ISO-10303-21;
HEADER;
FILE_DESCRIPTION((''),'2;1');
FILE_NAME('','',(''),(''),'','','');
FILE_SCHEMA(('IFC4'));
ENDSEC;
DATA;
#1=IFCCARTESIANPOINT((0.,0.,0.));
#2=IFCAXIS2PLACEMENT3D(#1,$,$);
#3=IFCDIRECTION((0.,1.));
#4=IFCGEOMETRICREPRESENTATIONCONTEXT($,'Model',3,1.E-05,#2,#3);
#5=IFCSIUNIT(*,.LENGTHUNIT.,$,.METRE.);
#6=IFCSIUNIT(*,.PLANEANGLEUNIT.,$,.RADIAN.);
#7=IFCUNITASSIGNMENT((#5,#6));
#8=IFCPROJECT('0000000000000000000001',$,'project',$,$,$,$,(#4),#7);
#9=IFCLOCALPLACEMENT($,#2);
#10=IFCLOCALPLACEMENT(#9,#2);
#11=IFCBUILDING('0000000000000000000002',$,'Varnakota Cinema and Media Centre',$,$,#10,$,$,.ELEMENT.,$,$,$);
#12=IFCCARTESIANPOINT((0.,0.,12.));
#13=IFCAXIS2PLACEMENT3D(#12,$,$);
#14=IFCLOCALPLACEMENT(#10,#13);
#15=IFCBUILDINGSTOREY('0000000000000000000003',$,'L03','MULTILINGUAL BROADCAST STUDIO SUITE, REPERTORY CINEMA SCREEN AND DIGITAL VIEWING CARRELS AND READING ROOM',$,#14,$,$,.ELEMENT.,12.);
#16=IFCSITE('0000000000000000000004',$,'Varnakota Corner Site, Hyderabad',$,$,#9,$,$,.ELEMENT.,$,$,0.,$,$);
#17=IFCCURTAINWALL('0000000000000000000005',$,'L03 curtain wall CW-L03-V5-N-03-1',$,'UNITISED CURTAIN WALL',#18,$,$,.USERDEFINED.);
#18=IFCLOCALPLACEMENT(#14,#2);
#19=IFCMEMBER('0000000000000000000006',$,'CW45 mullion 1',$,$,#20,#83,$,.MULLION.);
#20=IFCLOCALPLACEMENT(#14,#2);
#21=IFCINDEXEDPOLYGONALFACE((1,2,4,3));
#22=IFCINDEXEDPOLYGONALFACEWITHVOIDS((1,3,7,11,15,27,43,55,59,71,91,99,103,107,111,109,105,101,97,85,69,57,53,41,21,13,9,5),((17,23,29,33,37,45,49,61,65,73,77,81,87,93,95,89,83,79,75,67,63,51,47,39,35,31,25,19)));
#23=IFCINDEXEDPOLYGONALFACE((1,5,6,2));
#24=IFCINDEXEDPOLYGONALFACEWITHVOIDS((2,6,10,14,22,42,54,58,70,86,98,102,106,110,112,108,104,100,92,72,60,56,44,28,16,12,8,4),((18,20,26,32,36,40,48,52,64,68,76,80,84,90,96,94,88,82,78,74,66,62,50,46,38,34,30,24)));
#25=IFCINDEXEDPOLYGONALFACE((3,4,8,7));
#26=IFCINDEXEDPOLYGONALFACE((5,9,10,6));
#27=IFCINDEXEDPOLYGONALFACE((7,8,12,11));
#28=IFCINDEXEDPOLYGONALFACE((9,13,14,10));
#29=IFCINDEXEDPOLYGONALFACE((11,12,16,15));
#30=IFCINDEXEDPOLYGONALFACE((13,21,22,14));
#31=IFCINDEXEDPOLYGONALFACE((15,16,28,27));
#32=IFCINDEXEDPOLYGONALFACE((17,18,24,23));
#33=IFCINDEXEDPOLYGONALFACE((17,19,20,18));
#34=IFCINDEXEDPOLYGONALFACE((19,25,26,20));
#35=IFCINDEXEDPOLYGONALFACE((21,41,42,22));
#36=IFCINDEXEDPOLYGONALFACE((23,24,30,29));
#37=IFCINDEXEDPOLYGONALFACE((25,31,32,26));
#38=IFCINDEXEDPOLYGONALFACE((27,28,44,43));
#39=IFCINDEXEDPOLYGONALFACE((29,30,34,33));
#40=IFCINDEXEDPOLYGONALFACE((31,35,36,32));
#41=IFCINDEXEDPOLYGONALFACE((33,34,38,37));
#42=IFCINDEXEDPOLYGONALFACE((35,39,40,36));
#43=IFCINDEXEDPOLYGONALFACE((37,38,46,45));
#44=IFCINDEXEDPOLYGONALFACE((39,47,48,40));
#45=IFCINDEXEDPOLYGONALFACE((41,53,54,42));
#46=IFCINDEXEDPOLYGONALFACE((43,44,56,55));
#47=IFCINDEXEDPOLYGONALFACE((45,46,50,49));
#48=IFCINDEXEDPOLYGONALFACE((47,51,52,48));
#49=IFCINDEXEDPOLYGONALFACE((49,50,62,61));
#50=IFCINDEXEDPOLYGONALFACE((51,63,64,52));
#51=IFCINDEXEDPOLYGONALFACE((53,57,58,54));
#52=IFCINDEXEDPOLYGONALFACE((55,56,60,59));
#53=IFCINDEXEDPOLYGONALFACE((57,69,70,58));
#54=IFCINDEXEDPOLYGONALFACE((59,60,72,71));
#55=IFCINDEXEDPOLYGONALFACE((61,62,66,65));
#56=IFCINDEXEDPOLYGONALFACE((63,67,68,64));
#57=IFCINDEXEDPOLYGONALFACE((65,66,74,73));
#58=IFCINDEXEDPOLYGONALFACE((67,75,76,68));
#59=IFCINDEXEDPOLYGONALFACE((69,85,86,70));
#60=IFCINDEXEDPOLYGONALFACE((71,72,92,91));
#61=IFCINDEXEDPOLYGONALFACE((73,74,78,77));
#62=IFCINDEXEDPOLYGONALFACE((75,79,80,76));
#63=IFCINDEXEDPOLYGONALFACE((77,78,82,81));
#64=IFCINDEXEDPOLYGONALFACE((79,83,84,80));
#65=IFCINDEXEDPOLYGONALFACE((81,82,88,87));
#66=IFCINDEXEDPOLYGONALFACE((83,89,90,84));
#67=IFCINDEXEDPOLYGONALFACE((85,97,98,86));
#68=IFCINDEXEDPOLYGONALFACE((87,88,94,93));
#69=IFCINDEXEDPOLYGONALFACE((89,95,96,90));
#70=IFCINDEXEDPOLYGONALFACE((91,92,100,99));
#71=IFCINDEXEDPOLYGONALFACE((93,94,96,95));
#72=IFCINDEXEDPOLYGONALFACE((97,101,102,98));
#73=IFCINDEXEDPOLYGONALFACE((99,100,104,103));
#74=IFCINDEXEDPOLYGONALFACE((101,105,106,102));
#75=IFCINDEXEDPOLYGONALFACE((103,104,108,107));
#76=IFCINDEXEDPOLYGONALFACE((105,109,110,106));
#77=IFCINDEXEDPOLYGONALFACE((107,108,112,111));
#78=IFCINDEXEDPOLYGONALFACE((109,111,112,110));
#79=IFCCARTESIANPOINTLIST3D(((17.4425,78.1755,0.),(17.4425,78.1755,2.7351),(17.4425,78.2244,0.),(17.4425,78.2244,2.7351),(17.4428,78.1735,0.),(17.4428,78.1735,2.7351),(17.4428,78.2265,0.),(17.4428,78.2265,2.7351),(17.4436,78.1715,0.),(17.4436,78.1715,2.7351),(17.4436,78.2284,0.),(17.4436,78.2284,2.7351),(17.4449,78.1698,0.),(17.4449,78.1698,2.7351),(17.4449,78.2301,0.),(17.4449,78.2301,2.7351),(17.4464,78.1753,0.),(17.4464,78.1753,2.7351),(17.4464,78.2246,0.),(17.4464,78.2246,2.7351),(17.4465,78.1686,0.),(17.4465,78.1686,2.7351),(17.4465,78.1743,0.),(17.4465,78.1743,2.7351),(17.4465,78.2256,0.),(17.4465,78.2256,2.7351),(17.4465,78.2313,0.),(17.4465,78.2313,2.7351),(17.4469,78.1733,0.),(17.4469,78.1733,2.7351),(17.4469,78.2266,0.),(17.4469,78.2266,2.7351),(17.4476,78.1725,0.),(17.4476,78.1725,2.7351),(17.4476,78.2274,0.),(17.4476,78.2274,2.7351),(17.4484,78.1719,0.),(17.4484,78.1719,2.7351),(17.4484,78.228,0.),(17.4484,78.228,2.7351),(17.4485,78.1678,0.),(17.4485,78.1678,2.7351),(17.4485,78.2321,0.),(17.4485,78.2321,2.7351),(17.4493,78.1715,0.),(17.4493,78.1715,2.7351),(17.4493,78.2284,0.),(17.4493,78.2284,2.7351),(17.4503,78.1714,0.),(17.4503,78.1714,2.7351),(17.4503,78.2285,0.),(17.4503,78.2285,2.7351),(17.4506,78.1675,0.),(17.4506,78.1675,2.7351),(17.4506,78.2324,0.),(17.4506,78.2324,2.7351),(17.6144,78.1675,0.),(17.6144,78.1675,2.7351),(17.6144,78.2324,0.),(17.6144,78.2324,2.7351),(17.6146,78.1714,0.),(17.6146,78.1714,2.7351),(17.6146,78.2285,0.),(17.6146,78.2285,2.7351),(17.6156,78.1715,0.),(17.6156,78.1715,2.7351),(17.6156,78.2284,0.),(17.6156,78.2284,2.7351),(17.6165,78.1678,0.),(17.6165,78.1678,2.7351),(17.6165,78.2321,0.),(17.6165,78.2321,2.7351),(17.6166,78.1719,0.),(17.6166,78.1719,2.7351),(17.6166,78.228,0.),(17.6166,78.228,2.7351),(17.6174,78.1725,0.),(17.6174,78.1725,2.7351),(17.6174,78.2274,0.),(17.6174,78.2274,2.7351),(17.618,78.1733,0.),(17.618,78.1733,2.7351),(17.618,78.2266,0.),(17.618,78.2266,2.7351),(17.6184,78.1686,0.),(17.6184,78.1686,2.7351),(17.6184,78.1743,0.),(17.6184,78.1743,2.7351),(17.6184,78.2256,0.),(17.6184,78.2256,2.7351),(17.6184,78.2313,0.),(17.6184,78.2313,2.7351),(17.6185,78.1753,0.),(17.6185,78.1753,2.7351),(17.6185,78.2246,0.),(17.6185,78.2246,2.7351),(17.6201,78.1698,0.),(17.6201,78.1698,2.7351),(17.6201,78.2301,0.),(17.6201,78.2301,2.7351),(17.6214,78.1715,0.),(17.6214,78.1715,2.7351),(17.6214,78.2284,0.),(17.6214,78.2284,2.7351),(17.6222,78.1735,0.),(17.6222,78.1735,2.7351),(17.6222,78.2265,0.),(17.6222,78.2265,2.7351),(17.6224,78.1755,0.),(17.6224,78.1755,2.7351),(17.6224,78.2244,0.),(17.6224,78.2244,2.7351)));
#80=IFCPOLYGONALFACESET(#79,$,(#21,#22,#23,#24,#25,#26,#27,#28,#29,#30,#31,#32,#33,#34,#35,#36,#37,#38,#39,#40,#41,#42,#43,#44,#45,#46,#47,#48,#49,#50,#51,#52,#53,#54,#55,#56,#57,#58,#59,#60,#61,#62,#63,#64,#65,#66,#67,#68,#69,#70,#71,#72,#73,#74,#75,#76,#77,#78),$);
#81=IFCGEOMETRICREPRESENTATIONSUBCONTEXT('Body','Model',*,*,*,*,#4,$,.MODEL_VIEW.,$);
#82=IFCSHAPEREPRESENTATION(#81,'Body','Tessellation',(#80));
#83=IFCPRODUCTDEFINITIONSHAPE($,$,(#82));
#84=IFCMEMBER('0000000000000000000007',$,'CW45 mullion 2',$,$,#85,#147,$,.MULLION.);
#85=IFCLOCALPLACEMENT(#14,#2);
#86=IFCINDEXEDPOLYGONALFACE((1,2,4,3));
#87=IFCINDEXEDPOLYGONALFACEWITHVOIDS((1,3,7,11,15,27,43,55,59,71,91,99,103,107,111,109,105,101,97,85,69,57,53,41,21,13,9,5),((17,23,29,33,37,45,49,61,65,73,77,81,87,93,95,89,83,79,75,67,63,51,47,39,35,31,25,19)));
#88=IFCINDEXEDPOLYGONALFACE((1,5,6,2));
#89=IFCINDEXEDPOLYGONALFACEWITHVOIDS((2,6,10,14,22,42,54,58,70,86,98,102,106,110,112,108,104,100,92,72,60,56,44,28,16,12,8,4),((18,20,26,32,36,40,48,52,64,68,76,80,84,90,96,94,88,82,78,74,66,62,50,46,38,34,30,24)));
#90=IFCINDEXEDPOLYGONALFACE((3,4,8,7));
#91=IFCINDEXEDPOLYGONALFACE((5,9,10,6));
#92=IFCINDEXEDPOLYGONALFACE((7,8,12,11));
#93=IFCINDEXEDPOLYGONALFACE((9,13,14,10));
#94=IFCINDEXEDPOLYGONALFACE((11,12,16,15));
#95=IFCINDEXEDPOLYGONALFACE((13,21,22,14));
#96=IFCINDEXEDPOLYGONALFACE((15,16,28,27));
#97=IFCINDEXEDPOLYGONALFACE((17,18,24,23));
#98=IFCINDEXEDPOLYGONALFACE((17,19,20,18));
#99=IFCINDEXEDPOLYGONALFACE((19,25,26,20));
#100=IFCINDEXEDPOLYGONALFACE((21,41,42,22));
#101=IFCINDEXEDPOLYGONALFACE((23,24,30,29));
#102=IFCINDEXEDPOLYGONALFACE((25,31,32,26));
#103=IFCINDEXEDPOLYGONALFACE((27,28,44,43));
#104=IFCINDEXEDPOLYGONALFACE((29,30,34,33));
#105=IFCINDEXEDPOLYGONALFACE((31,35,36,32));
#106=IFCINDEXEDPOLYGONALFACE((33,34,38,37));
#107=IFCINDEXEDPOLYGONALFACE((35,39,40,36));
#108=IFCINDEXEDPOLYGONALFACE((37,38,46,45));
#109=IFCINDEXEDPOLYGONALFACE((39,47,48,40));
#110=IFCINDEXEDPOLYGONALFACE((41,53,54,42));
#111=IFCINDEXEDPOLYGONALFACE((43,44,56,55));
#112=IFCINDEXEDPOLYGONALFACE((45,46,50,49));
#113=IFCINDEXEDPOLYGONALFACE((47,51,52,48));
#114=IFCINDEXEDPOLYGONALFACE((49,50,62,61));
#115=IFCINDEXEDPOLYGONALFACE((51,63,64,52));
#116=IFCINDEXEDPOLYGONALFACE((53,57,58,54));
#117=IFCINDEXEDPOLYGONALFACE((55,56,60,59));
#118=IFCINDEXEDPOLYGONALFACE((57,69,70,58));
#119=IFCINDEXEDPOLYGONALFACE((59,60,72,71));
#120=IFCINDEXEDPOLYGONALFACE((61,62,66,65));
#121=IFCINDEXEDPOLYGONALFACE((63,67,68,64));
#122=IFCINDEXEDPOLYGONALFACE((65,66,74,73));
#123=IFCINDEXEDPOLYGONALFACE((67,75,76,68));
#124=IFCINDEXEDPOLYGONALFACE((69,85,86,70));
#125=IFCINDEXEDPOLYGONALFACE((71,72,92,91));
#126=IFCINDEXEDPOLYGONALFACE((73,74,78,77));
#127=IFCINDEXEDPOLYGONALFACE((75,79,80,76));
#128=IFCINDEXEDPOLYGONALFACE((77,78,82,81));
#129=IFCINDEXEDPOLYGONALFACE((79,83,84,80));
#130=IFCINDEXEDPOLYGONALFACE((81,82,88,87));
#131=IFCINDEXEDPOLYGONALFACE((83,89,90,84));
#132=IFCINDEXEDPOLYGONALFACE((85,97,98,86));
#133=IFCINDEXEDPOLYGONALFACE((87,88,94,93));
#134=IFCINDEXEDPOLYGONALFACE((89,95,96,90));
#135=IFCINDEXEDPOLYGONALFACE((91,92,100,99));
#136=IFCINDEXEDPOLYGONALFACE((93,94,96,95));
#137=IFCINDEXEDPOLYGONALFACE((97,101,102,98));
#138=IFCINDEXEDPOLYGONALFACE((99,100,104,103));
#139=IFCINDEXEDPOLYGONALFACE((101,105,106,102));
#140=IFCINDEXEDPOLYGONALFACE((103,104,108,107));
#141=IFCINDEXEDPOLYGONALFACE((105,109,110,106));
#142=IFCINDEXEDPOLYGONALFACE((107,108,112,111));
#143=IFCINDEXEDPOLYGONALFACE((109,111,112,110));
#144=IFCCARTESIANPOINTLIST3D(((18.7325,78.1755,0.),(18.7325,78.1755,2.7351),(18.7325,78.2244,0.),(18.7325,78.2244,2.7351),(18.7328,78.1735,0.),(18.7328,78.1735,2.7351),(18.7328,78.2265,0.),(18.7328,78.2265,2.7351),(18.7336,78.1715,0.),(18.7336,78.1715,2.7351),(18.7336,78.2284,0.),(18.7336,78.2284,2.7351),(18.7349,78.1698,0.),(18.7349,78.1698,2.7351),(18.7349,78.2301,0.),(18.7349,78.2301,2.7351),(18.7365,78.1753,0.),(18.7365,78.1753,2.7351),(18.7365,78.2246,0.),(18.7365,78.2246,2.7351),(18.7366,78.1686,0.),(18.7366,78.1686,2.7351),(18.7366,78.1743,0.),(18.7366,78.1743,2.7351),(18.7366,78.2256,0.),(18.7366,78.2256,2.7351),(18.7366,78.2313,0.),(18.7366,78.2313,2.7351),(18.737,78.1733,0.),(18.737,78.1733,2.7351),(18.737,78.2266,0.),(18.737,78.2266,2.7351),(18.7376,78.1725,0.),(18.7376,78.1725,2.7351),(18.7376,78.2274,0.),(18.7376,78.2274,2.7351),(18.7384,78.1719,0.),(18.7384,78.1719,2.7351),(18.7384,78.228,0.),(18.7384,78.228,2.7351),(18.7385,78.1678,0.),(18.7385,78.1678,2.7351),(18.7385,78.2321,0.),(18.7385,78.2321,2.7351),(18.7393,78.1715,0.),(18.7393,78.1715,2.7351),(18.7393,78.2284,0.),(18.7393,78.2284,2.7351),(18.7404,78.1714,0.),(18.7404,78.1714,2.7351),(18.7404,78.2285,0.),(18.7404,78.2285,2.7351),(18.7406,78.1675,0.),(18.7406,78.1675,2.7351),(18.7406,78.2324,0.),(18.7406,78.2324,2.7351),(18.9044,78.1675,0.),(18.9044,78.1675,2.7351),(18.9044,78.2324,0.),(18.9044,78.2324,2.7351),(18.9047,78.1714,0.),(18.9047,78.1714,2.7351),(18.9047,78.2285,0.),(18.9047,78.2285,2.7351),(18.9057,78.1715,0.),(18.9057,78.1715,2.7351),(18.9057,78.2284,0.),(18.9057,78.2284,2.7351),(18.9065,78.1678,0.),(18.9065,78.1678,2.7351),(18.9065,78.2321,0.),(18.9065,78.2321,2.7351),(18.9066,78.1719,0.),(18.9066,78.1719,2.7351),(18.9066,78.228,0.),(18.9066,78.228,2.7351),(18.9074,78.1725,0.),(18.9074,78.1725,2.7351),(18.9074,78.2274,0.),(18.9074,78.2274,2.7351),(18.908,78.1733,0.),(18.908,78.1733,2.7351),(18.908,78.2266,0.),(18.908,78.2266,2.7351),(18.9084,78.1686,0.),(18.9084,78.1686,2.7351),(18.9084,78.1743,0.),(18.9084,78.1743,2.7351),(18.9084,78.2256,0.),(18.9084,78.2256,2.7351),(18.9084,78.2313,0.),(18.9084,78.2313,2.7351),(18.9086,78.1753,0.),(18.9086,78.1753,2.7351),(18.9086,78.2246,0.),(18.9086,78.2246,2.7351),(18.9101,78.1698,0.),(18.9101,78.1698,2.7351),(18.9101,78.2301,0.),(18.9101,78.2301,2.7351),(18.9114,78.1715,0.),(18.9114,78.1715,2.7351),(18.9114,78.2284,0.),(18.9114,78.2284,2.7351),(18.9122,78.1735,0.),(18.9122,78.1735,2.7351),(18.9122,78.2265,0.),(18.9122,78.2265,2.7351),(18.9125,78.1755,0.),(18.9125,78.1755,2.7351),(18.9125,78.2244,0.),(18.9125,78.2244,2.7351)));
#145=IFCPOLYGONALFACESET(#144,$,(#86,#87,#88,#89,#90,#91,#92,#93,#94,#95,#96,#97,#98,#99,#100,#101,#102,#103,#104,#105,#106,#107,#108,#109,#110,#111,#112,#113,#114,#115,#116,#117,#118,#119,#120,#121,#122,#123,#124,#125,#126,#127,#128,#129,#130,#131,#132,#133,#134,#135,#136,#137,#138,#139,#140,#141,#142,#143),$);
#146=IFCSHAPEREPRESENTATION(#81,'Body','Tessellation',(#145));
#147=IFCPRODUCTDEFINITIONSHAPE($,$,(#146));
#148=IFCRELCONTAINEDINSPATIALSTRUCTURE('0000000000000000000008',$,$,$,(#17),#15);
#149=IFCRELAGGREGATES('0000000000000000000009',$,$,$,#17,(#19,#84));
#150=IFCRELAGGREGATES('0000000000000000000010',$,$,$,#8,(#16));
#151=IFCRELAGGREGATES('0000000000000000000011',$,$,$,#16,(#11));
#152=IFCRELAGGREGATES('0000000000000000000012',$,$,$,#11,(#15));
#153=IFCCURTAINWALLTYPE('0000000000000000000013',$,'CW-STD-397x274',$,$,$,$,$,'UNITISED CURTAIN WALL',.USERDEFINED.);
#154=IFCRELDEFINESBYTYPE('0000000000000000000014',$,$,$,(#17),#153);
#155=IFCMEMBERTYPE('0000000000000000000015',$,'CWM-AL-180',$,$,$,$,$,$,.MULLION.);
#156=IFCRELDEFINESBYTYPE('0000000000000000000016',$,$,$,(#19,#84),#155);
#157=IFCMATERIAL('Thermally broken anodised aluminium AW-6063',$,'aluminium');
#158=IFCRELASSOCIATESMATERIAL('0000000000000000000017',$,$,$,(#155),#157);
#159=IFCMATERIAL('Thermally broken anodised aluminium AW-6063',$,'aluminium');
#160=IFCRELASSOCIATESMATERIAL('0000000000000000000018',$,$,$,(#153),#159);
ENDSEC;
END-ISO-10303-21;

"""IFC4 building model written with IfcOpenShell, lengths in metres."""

from ifc_helpers import new_model, si_unit, direction, frame, origin, origin_2d, place, context, subcontext, project, spatial, hollow_rectangle, extrude, material, material_profile, profile_set, type_object, element, aggregate, save


model = new_model("IFC4")

# Units and contexts
model_context = context("Model", 3, precision=1e-05, world=origin(), true_north=direction((0.0, 1.0)))
body_context = subcontext(model_context, "Body", "Model", "MODEL_VIEW")
ifc_project = project(units=[si_unit("LENGTHUNIT", "METRE"), si_unit("PLANEANGLEUNIT", "RADIAN")], contexts=[model_context])

# Site, building, storey
site_placement = place(None, origin())
site = spatial("IfcSite", under=ifc_project, at=site_placement, Name="Varnakota Corner Site, Hyderabad", CompositionType="ELEMENT", RefElevation=0.0)
building_placement = place(site_placement, origin())
building = spatial("IfcBuilding", under=site, at=building_placement, Name="Varnakota Cinema and Media Centre", CompositionType="ELEMENT")
storey_placement = place(building_placement, frame((0.0, 0.0, 12.0)))
storey = spatial("IfcBuildingStorey", under=building, at=storey_placement, Name="L03", Description="MULTILINGUAL BROADCAST STUDIO SUITE, REPERTORY CINEMA SCREEN AND DIGITAL VIEWING CARRELS AND READING ROOM", CompositionType="ELEMENT", Elevation=12.0)

# Curtain wall, members
ifc_material_1 = material(Name="Thermally broken anodised aluminium AW-6063", Category="aluminium")
ifc_material_profile_1 = material_profile(ifc_material_1, hollow_rectangle(XDim=0.0649, YDim=0.1799, WallThickness=0.0039, InnerFilletRadius=0.0039, OuterFilletRadius=0.0081, at=origin_2d()), Name="AL-MULLION 180x65x4")
ifc_profile_set_1 = profile_set([ifc_material_profile_1], Name="Thermally broken anodised aluminium AW-6063")
member_type_1 = type_object("IfcMemberType", Name="CWM-AL-180", PredefinedType="MULLION", material=ifc_profile_set_1)
ifc_material_2 = material(Name="Thermally broken anodised aluminium AW-6063", Category="aluminium")
curtain_wall_type_1 = type_object("IfcCurtainWallType", Name="CW-STD-397x274", ElementType="UNITISED CURTAIN WALL", PredefinedType="USERDEFINED", material=ifc_material_2)
curtain_wall_1_placement = place(storey_placement, origin())
curtain_wall_1 = element("IfcCurtainWall", 1, at=curtain_wall_1_placement, inside=storey, type_object=curtain_wall_type_1, Name="L03 curtain wall CW-L03-V5-N-03-1", ObjectType="UNITISED CURTAIN WALL", PredefinedType="USERDEFINED")
member_1_placement = place(storey_placement, frame((17.5325, 78.2, 0.0), z_axis=(0.0, 0.0, 1.0), x_axis=(0.0, 1.0, 0.0)))
member_1 = element("IfcMember", 2, at=member_1_placement, type_object=member_type_1, Name="CW45 mullion 1", PredefinedType="MULLION", context=body_context, shape_type="SweptSolid", body=[
    extrude(hollow_rectangle(XDim=0.0649, YDim=0.1799, WallThickness=0.0039, InnerFilletRadius=0.0039, OuterFilletRadius=0.0081, at=origin_2d()), origin(), (0.0, 0.0, 1.0), 2.7351),
])
member_2_placement = place(storey_placement, frame((18.8225, 78.2, 0.0), z_axis=(0.0, 0.0, 1.0), x_axis=(0.0, 1.0, 0.0)))
member_2 = element("IfcMember", 3, at=member_2_placement, type_object=member_type_1, Name="CW45 mullion 2", PredefinedType="MULLION", context=body_context, shape_type="SweptSolid", body=[
    extrude(hollow_rectangle(XDim=0.0649, YDim=0.1799, WallThickness=0.0039, InnerFilletRadius=0.0039, OuterFilletRadius=0.0081, at=origin_2d()), origin(), (0.0, 0.0, 1.0), 2.7351),
])

aggregate(curtain_wall_1, [member_1, member_2])

save(model, "model.ifc")
